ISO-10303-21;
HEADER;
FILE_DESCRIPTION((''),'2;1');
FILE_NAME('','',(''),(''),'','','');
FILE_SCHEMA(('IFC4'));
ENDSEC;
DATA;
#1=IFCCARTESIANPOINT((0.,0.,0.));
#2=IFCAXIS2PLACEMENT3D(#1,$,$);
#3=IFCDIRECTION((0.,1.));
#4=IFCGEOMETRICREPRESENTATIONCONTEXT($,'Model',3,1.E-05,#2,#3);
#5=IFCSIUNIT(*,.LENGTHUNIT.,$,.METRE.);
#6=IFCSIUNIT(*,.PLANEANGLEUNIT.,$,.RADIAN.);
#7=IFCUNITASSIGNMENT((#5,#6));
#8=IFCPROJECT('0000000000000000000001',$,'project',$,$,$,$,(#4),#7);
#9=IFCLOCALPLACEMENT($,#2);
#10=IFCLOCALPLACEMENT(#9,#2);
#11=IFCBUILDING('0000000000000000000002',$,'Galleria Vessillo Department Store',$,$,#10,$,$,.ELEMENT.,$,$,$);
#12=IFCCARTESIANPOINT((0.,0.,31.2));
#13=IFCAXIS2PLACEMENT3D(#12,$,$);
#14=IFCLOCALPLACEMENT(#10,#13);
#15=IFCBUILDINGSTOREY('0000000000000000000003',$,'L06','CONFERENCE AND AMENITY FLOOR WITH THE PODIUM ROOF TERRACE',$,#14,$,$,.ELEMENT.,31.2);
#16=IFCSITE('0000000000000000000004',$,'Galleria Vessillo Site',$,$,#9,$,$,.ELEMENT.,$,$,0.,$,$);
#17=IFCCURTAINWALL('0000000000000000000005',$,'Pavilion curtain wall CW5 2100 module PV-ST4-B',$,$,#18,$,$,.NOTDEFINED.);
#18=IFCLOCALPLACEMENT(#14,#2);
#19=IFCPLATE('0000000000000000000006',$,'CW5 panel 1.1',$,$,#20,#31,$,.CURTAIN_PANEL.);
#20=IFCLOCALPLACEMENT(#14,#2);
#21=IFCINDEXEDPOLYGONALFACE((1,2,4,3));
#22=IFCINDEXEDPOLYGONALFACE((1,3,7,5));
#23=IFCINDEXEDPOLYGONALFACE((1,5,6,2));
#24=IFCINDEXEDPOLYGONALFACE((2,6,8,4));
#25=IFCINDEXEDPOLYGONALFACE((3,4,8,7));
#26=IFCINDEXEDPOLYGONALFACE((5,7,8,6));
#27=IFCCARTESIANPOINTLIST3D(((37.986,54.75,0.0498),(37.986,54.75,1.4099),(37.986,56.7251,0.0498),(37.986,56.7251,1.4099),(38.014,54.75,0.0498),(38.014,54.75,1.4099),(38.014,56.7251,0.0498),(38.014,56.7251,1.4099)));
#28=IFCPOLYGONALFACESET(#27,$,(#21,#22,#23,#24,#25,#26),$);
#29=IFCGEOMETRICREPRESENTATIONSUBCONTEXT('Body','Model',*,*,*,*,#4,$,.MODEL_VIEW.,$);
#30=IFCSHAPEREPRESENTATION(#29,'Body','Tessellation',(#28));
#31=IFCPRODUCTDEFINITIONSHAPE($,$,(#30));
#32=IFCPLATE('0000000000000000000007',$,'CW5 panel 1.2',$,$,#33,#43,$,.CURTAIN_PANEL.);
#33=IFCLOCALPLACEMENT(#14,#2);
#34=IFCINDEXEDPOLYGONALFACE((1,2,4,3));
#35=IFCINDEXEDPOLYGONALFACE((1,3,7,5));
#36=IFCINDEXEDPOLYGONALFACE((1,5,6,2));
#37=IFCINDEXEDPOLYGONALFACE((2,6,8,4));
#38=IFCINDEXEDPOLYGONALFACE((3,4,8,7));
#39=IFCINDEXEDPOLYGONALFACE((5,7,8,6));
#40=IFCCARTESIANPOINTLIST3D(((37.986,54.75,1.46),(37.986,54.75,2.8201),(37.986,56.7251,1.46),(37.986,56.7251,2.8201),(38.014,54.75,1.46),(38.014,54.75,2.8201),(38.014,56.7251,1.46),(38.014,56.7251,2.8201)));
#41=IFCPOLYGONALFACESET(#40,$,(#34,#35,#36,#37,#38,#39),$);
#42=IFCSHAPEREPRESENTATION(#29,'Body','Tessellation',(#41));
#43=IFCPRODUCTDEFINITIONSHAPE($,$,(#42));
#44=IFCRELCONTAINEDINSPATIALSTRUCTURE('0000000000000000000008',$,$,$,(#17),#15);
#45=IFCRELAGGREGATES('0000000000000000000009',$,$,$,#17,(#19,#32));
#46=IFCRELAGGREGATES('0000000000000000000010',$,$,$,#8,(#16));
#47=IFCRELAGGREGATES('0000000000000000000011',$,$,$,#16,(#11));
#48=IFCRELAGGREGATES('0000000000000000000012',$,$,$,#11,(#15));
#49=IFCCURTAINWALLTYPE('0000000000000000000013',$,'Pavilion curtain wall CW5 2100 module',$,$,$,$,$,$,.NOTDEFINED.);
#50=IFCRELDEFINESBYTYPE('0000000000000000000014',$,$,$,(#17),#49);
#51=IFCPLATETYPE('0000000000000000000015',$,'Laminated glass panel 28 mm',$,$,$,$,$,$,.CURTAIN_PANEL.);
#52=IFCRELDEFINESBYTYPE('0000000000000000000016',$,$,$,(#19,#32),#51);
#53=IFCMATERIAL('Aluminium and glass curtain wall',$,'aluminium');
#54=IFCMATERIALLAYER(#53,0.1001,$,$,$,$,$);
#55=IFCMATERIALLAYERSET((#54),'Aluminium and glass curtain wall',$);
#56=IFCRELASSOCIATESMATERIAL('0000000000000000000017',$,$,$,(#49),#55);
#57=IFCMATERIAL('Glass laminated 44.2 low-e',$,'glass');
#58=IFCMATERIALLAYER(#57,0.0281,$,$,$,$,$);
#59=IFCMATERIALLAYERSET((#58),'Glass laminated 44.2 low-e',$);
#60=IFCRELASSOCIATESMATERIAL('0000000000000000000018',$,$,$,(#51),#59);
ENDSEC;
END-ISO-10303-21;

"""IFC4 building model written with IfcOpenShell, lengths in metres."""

from ifc_helpers import new_model, si_unit, direction, frame, origin, origin_2d, place, context, subcontext, project, spatial, rectangle, extrude, material, layer, layer_set, type_object, element, aggregate, save


model = new_model("IFC4")

# Units and contexts
model_context = context("Model", 3, precision=1e-05, world=origin(), true_north=direction((0.0, 1.0)))
body_context = subcontext(model_context, "Body", "Model", "MODEL_VIEW")
ifc_project = project(units=[si_unit("LENGTHUNIT", "METRE"), si_unit("PLANEANGLEUNIT", "RADIAN")], contexts=[model_context])

# Site, building, storey
site_placement = place(None, origin())
site = spatial("IfcSite", under=ifc_project, at=site_placement, Name="Galleria Vessillo Site", CompositionType="ELEMENT", RefElevation=0.0)
building_placement = place(site_placement, origin())
building = spatial("IfcBuilding", under=site, at=building_placement, Name="Galleria Vessillo Department Store", CompositionType="ELEMENT")
storey_placement = place(building_placement, frame((0.0, 0.0, 31.2)))
storey = spatial("IfcBuildingStorey", under=building, at=storey_placement, Name="L06", Description="CONFERENCE AND AMENITY FLOOR WITH THE PODIUM ROOF TERRACE", CompositionType="ELEMENT", Elevation=31.2)

# Curtain wall
ifc_material_1 = material(Name="Aluminium and glass curtain wall", Category="aluminium")
ifc_layer_1 = layer(ifc_material_1, 0.1001)
ifc_layer_set_1 = layer_set([ifc_layer_1], Name="Aluminium and glass curtain wall")
curtain_wall_type = type_object("IfcCurtainWallType", Name="Pavilion curtain wall CW5 2100 module", PredefinedType="NOTDEFINED", material=ifc_layer_set_1)
curtain_wall_placement = place(storey_placement, origin())
curtain_wall = element("IfcCurtainWall", 1, at=curtain_wall_placement, inside=storey, type_object=curtain_wall_type, Name="Pavilion curtain wall CW5 2100 module PV-ST4-B", PredefinedType="NOTDEFINED")

# Plates
ifc_material_2 = material(Name="Glass laminated 44.2 low-e", Category="glass")
ifc_layer_2 = layer(ifc_material_2, 0.0281)
ifc_layer_set_2 = layer_set([ifc_layer_2], Name="Glass laminated 44.2 low-e")
plate_type = type_object("IfcPlateType", Name="Laminated glass panel 28 mm", PredefinedType="CURTAIN_PANEL", material=ifc_layer_set_2)
plate_1_placement = place(storey_placement, frame((38.0, 55.7375, 0.0498), z_axis=(0.0, 0.0, 1.0), x_axis=(0.0, 1.0, 0.0)))
plate_1 = element("IfcPlate", 2, at=plate_1_placement, type_object=plate_type, Name="CW5 panel 1.1", PredefinedType="CURTAIN_PANEL", context=body_context, shape_type="SweptSolid", body=[
    extrude(rectangle(XDim=1.9751, YDim=0.0281, at=origin_2d()), origin(), (0.0, 0.0, 1.0), 1.3601),
])
plate_2_placement = place(storey_placement, frame((38.0, 55.7375, 1.46), z_axis=(0.0, 0.0, 1.0), x_axis=(0.0, 1.0, 0.0)))
plate_2 = element("IfcPlate", 3, at=plate_2_placement, type_object=plate_type, Name="CW5 panel 1.2", PredefinedType="CURTAIN_PANEL", context=body_context, shape_type="SweptSolid", body=[
    extrude(rectangle(XDim=1.9751, YDim=0.0281, at=origin_2d()), origin(), (0.0, 0.0, 1.0), 1.3601),
])
aggregate(curtain_wall, [plate_1, plate_2])

save(model, "model.ifc")
